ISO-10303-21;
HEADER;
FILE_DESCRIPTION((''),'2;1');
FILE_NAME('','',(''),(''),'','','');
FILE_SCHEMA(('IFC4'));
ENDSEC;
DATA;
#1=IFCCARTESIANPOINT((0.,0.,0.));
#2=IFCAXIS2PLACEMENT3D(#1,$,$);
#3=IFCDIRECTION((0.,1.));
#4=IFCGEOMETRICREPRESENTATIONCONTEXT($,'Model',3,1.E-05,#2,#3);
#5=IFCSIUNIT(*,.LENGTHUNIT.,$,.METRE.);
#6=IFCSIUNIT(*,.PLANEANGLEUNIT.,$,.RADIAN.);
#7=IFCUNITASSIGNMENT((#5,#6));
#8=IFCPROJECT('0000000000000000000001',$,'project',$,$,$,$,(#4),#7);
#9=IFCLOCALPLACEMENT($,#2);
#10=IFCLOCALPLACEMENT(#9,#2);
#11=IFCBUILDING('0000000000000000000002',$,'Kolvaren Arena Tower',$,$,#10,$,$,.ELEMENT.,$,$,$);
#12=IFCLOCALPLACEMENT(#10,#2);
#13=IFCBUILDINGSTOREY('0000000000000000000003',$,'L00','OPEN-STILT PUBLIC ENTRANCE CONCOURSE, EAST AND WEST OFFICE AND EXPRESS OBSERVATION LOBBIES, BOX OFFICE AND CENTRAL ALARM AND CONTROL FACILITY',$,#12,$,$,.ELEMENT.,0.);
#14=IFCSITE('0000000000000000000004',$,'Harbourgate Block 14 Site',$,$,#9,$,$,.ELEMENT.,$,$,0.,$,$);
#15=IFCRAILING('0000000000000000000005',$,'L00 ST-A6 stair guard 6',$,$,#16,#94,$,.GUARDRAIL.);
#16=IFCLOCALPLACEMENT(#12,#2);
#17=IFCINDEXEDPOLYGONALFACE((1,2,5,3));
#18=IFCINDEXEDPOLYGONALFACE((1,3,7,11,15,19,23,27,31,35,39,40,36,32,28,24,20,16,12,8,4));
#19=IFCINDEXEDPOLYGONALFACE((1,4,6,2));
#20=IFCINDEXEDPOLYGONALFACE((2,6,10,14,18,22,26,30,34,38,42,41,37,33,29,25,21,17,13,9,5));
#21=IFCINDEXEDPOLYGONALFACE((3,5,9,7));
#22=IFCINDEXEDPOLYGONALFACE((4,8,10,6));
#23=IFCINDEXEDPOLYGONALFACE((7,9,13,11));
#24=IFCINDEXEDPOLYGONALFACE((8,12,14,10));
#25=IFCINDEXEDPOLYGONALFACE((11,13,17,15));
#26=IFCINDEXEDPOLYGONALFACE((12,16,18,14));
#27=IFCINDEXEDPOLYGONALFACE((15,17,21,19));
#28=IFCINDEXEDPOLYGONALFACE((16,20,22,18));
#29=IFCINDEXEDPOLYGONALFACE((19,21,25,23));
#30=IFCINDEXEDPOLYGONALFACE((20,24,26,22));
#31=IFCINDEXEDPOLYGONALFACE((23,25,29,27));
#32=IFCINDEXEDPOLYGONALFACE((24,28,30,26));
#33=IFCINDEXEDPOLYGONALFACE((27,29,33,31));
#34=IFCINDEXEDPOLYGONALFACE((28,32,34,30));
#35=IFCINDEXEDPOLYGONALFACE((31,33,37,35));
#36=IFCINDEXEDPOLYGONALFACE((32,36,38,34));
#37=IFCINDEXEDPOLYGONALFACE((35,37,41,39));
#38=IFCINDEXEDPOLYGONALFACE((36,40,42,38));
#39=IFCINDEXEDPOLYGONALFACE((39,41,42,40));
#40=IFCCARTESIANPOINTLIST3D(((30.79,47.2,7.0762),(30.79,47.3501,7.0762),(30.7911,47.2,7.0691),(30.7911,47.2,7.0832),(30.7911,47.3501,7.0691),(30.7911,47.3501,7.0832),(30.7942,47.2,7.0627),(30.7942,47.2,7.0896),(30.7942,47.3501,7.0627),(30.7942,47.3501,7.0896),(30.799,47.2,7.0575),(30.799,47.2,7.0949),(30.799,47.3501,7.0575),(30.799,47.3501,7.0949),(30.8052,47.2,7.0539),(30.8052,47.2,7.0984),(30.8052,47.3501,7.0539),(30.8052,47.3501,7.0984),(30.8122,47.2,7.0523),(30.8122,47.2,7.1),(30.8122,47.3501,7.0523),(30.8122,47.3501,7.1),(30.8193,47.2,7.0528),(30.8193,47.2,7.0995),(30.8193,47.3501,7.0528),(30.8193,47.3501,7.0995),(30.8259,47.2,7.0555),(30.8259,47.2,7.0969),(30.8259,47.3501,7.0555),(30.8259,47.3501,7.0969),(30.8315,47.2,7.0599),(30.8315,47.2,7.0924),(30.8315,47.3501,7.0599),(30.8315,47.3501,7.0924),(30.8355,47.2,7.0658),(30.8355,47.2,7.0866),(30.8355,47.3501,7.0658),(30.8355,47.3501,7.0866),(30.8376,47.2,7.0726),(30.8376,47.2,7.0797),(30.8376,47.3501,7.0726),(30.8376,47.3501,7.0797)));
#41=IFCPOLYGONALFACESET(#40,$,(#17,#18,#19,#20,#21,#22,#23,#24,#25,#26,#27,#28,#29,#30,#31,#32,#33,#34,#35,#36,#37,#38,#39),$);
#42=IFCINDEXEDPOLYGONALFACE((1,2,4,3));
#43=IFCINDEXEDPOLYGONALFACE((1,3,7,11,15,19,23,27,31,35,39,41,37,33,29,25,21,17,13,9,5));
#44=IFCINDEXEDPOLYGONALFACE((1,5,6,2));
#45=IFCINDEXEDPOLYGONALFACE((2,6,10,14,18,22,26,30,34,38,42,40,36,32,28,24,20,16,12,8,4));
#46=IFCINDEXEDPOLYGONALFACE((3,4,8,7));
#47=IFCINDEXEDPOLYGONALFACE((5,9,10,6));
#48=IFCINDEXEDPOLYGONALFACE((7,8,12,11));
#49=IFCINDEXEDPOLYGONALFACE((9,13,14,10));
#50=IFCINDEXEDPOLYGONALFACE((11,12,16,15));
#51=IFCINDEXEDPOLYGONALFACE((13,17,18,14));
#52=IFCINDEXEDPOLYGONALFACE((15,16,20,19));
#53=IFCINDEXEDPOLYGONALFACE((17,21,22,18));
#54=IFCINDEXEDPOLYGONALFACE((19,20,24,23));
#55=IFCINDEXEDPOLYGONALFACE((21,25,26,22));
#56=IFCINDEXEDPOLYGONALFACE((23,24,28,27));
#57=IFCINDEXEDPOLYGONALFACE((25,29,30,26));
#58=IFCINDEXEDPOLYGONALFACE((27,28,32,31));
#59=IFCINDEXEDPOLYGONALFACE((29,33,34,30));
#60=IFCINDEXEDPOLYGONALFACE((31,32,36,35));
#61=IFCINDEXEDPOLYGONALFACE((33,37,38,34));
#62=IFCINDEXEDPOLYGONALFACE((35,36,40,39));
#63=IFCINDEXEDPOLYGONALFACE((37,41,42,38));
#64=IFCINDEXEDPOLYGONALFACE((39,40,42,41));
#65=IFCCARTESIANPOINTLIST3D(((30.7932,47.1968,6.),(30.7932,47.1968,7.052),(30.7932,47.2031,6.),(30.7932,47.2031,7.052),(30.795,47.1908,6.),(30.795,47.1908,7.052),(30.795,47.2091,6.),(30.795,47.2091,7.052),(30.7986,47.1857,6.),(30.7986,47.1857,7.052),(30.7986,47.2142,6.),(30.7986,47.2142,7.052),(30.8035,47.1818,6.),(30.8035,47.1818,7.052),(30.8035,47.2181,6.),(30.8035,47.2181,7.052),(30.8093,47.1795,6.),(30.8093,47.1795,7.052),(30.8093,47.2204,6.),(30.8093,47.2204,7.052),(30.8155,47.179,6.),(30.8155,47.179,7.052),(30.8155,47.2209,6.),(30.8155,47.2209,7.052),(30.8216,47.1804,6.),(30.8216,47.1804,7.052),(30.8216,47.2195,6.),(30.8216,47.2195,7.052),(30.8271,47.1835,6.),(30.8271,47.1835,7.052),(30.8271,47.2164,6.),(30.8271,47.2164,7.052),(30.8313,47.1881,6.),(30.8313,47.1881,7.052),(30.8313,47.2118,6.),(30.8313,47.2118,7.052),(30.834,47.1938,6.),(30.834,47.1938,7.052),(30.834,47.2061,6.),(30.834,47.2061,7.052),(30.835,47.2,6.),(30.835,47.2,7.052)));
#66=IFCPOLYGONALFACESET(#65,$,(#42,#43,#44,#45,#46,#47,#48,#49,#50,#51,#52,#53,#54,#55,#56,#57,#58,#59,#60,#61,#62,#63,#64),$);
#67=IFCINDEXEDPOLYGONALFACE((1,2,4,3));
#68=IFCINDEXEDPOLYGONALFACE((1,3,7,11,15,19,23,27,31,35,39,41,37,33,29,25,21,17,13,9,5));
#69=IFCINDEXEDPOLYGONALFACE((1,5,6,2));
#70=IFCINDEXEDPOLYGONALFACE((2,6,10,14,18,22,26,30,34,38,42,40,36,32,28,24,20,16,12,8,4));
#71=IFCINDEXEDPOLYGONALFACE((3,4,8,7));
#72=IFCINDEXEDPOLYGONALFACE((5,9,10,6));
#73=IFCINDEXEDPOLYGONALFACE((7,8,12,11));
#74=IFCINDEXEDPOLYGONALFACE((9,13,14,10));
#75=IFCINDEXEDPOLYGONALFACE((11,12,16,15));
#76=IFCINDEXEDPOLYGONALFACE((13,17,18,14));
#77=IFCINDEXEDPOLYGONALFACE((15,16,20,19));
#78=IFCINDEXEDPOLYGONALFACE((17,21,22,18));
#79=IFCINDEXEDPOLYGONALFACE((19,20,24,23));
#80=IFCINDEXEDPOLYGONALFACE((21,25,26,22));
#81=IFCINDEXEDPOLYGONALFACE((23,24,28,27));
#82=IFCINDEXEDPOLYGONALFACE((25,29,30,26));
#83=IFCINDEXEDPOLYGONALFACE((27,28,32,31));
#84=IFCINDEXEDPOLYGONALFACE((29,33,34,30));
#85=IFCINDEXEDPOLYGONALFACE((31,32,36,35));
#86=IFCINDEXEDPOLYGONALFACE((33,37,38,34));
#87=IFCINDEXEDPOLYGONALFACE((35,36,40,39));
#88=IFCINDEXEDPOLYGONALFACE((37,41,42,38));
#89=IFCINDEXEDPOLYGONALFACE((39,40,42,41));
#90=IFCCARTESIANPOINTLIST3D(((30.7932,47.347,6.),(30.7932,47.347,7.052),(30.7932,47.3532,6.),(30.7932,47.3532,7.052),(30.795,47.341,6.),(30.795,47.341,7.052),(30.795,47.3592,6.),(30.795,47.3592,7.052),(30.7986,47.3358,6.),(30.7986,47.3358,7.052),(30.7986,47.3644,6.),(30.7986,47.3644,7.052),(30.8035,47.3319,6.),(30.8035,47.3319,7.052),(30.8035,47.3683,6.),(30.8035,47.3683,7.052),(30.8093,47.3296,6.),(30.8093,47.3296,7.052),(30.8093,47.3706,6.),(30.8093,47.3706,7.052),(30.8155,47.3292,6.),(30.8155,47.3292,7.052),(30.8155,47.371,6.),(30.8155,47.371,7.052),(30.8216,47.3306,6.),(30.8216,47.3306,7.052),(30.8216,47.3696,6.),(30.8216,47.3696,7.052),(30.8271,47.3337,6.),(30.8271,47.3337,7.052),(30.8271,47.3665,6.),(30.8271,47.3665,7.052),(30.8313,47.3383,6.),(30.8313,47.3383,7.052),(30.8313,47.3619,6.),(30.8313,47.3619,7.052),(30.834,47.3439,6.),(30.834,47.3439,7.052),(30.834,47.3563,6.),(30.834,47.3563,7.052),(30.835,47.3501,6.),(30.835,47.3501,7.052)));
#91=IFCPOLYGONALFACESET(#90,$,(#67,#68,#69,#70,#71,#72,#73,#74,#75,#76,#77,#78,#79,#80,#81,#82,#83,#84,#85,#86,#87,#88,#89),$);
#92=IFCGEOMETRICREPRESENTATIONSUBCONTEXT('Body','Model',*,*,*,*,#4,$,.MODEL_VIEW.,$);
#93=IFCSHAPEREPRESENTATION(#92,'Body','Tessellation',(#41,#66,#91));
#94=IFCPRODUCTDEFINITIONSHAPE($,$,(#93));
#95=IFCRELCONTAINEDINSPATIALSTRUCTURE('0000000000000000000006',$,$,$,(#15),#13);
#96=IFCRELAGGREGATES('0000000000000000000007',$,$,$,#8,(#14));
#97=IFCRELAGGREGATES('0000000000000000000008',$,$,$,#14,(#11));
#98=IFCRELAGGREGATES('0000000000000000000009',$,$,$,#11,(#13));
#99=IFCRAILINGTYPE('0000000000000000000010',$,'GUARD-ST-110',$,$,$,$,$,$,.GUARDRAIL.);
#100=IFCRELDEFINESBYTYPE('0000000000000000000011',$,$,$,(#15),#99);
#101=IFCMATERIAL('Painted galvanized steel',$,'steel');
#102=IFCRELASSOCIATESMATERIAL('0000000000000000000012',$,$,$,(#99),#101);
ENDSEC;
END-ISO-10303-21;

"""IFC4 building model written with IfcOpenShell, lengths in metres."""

from ifc_helpers import new_model, si_unit, direction, frame, origin, origin_2d, place, context, subcontext, project, spatial, circle, extrude, material, type_object, element, save


model = new_model("IFC4")

# Units and contexts
model_context = context("Model", 3, precision=1e-05, world=origin(), true_north=direction((0.0, 1.0)))
body_context = subcontext(model_context, "Body", "Model", "MODEL_VIEW")
ifc_project = project(units=[si_unit("LENGTHUNIT", "METRE"), si_unit("PLANEANGLEUNIT", "RADIAN")], contexts=[model_context])

# Site, building, storey
site_placement = place(None, origin())
site = spatial("IfcSite", under=ifc_project, at=site_placement, Name="Harbourgate Block 14 Site", CompositionType="ELEMENT", RefElevation=0.0)
building_placement = place(site_placement, origin())
building = spatial("IfcBuilding", under=site, at=building_placement, Name="Kolvaren Arena Tower", CompositionType="ELEMENT")
storey_placement = place(building_placement, origin())
storey = spatial("IfcBuildingStorey", under=building, at=storey_placement, Name="L00", Description="OPEN-STILT PUBLIC ENTRANCE CONCOURSE, EAST AND WEST OFFICE AND EXPRESS OBSERVATION LOBBIES, BOX OFFICE AND CENTRAL ALARM AND CONTROL FACILITY", CompositionType="ELEMENT", Elevation=0.0)

# Railing
ifc_material_1 = material(Name="Painted galvanized steel", Category="steel")
railing_type_1 = type_object("IfcRailingType", Name="GUARD-ST-110", PredefinedType="GUARDRAIL", material=ifc_material_1)
railing_1_placement = place(storey_placement, frame((30.814, 47.2, 6.0)))
element("IfcRailing", 1, at=railing_1_placement, inside=storey, type_object=railing_type_1, Name="L00 ST-A6 stair guard 6", PredefinedType="GUARDRAIL", context=body_context, shape_type="SweptSolid", body=[
    extrude(circle(Radius=0.0239, at=origin_2d()), frame((0.0, 0.0, 1.0762), z_axis=(0.0, 1.0, 0.0), x_axis=(-1.0, 0.0, 0.0)), (0.0, 0.0, 1.0), 0.1501),
    extrude(circle(Radius=0.021, at=origin_2d()), origin(), (0.0, 0.0, 1.0), 1.052),
    extrude(circle(Radius=0.021, at=origin_2d()), frame((0.0, 0.1501, 0.0)), (0.0, 0.0, 1.0), 1.052),
])

save(model, "model.ifc")
